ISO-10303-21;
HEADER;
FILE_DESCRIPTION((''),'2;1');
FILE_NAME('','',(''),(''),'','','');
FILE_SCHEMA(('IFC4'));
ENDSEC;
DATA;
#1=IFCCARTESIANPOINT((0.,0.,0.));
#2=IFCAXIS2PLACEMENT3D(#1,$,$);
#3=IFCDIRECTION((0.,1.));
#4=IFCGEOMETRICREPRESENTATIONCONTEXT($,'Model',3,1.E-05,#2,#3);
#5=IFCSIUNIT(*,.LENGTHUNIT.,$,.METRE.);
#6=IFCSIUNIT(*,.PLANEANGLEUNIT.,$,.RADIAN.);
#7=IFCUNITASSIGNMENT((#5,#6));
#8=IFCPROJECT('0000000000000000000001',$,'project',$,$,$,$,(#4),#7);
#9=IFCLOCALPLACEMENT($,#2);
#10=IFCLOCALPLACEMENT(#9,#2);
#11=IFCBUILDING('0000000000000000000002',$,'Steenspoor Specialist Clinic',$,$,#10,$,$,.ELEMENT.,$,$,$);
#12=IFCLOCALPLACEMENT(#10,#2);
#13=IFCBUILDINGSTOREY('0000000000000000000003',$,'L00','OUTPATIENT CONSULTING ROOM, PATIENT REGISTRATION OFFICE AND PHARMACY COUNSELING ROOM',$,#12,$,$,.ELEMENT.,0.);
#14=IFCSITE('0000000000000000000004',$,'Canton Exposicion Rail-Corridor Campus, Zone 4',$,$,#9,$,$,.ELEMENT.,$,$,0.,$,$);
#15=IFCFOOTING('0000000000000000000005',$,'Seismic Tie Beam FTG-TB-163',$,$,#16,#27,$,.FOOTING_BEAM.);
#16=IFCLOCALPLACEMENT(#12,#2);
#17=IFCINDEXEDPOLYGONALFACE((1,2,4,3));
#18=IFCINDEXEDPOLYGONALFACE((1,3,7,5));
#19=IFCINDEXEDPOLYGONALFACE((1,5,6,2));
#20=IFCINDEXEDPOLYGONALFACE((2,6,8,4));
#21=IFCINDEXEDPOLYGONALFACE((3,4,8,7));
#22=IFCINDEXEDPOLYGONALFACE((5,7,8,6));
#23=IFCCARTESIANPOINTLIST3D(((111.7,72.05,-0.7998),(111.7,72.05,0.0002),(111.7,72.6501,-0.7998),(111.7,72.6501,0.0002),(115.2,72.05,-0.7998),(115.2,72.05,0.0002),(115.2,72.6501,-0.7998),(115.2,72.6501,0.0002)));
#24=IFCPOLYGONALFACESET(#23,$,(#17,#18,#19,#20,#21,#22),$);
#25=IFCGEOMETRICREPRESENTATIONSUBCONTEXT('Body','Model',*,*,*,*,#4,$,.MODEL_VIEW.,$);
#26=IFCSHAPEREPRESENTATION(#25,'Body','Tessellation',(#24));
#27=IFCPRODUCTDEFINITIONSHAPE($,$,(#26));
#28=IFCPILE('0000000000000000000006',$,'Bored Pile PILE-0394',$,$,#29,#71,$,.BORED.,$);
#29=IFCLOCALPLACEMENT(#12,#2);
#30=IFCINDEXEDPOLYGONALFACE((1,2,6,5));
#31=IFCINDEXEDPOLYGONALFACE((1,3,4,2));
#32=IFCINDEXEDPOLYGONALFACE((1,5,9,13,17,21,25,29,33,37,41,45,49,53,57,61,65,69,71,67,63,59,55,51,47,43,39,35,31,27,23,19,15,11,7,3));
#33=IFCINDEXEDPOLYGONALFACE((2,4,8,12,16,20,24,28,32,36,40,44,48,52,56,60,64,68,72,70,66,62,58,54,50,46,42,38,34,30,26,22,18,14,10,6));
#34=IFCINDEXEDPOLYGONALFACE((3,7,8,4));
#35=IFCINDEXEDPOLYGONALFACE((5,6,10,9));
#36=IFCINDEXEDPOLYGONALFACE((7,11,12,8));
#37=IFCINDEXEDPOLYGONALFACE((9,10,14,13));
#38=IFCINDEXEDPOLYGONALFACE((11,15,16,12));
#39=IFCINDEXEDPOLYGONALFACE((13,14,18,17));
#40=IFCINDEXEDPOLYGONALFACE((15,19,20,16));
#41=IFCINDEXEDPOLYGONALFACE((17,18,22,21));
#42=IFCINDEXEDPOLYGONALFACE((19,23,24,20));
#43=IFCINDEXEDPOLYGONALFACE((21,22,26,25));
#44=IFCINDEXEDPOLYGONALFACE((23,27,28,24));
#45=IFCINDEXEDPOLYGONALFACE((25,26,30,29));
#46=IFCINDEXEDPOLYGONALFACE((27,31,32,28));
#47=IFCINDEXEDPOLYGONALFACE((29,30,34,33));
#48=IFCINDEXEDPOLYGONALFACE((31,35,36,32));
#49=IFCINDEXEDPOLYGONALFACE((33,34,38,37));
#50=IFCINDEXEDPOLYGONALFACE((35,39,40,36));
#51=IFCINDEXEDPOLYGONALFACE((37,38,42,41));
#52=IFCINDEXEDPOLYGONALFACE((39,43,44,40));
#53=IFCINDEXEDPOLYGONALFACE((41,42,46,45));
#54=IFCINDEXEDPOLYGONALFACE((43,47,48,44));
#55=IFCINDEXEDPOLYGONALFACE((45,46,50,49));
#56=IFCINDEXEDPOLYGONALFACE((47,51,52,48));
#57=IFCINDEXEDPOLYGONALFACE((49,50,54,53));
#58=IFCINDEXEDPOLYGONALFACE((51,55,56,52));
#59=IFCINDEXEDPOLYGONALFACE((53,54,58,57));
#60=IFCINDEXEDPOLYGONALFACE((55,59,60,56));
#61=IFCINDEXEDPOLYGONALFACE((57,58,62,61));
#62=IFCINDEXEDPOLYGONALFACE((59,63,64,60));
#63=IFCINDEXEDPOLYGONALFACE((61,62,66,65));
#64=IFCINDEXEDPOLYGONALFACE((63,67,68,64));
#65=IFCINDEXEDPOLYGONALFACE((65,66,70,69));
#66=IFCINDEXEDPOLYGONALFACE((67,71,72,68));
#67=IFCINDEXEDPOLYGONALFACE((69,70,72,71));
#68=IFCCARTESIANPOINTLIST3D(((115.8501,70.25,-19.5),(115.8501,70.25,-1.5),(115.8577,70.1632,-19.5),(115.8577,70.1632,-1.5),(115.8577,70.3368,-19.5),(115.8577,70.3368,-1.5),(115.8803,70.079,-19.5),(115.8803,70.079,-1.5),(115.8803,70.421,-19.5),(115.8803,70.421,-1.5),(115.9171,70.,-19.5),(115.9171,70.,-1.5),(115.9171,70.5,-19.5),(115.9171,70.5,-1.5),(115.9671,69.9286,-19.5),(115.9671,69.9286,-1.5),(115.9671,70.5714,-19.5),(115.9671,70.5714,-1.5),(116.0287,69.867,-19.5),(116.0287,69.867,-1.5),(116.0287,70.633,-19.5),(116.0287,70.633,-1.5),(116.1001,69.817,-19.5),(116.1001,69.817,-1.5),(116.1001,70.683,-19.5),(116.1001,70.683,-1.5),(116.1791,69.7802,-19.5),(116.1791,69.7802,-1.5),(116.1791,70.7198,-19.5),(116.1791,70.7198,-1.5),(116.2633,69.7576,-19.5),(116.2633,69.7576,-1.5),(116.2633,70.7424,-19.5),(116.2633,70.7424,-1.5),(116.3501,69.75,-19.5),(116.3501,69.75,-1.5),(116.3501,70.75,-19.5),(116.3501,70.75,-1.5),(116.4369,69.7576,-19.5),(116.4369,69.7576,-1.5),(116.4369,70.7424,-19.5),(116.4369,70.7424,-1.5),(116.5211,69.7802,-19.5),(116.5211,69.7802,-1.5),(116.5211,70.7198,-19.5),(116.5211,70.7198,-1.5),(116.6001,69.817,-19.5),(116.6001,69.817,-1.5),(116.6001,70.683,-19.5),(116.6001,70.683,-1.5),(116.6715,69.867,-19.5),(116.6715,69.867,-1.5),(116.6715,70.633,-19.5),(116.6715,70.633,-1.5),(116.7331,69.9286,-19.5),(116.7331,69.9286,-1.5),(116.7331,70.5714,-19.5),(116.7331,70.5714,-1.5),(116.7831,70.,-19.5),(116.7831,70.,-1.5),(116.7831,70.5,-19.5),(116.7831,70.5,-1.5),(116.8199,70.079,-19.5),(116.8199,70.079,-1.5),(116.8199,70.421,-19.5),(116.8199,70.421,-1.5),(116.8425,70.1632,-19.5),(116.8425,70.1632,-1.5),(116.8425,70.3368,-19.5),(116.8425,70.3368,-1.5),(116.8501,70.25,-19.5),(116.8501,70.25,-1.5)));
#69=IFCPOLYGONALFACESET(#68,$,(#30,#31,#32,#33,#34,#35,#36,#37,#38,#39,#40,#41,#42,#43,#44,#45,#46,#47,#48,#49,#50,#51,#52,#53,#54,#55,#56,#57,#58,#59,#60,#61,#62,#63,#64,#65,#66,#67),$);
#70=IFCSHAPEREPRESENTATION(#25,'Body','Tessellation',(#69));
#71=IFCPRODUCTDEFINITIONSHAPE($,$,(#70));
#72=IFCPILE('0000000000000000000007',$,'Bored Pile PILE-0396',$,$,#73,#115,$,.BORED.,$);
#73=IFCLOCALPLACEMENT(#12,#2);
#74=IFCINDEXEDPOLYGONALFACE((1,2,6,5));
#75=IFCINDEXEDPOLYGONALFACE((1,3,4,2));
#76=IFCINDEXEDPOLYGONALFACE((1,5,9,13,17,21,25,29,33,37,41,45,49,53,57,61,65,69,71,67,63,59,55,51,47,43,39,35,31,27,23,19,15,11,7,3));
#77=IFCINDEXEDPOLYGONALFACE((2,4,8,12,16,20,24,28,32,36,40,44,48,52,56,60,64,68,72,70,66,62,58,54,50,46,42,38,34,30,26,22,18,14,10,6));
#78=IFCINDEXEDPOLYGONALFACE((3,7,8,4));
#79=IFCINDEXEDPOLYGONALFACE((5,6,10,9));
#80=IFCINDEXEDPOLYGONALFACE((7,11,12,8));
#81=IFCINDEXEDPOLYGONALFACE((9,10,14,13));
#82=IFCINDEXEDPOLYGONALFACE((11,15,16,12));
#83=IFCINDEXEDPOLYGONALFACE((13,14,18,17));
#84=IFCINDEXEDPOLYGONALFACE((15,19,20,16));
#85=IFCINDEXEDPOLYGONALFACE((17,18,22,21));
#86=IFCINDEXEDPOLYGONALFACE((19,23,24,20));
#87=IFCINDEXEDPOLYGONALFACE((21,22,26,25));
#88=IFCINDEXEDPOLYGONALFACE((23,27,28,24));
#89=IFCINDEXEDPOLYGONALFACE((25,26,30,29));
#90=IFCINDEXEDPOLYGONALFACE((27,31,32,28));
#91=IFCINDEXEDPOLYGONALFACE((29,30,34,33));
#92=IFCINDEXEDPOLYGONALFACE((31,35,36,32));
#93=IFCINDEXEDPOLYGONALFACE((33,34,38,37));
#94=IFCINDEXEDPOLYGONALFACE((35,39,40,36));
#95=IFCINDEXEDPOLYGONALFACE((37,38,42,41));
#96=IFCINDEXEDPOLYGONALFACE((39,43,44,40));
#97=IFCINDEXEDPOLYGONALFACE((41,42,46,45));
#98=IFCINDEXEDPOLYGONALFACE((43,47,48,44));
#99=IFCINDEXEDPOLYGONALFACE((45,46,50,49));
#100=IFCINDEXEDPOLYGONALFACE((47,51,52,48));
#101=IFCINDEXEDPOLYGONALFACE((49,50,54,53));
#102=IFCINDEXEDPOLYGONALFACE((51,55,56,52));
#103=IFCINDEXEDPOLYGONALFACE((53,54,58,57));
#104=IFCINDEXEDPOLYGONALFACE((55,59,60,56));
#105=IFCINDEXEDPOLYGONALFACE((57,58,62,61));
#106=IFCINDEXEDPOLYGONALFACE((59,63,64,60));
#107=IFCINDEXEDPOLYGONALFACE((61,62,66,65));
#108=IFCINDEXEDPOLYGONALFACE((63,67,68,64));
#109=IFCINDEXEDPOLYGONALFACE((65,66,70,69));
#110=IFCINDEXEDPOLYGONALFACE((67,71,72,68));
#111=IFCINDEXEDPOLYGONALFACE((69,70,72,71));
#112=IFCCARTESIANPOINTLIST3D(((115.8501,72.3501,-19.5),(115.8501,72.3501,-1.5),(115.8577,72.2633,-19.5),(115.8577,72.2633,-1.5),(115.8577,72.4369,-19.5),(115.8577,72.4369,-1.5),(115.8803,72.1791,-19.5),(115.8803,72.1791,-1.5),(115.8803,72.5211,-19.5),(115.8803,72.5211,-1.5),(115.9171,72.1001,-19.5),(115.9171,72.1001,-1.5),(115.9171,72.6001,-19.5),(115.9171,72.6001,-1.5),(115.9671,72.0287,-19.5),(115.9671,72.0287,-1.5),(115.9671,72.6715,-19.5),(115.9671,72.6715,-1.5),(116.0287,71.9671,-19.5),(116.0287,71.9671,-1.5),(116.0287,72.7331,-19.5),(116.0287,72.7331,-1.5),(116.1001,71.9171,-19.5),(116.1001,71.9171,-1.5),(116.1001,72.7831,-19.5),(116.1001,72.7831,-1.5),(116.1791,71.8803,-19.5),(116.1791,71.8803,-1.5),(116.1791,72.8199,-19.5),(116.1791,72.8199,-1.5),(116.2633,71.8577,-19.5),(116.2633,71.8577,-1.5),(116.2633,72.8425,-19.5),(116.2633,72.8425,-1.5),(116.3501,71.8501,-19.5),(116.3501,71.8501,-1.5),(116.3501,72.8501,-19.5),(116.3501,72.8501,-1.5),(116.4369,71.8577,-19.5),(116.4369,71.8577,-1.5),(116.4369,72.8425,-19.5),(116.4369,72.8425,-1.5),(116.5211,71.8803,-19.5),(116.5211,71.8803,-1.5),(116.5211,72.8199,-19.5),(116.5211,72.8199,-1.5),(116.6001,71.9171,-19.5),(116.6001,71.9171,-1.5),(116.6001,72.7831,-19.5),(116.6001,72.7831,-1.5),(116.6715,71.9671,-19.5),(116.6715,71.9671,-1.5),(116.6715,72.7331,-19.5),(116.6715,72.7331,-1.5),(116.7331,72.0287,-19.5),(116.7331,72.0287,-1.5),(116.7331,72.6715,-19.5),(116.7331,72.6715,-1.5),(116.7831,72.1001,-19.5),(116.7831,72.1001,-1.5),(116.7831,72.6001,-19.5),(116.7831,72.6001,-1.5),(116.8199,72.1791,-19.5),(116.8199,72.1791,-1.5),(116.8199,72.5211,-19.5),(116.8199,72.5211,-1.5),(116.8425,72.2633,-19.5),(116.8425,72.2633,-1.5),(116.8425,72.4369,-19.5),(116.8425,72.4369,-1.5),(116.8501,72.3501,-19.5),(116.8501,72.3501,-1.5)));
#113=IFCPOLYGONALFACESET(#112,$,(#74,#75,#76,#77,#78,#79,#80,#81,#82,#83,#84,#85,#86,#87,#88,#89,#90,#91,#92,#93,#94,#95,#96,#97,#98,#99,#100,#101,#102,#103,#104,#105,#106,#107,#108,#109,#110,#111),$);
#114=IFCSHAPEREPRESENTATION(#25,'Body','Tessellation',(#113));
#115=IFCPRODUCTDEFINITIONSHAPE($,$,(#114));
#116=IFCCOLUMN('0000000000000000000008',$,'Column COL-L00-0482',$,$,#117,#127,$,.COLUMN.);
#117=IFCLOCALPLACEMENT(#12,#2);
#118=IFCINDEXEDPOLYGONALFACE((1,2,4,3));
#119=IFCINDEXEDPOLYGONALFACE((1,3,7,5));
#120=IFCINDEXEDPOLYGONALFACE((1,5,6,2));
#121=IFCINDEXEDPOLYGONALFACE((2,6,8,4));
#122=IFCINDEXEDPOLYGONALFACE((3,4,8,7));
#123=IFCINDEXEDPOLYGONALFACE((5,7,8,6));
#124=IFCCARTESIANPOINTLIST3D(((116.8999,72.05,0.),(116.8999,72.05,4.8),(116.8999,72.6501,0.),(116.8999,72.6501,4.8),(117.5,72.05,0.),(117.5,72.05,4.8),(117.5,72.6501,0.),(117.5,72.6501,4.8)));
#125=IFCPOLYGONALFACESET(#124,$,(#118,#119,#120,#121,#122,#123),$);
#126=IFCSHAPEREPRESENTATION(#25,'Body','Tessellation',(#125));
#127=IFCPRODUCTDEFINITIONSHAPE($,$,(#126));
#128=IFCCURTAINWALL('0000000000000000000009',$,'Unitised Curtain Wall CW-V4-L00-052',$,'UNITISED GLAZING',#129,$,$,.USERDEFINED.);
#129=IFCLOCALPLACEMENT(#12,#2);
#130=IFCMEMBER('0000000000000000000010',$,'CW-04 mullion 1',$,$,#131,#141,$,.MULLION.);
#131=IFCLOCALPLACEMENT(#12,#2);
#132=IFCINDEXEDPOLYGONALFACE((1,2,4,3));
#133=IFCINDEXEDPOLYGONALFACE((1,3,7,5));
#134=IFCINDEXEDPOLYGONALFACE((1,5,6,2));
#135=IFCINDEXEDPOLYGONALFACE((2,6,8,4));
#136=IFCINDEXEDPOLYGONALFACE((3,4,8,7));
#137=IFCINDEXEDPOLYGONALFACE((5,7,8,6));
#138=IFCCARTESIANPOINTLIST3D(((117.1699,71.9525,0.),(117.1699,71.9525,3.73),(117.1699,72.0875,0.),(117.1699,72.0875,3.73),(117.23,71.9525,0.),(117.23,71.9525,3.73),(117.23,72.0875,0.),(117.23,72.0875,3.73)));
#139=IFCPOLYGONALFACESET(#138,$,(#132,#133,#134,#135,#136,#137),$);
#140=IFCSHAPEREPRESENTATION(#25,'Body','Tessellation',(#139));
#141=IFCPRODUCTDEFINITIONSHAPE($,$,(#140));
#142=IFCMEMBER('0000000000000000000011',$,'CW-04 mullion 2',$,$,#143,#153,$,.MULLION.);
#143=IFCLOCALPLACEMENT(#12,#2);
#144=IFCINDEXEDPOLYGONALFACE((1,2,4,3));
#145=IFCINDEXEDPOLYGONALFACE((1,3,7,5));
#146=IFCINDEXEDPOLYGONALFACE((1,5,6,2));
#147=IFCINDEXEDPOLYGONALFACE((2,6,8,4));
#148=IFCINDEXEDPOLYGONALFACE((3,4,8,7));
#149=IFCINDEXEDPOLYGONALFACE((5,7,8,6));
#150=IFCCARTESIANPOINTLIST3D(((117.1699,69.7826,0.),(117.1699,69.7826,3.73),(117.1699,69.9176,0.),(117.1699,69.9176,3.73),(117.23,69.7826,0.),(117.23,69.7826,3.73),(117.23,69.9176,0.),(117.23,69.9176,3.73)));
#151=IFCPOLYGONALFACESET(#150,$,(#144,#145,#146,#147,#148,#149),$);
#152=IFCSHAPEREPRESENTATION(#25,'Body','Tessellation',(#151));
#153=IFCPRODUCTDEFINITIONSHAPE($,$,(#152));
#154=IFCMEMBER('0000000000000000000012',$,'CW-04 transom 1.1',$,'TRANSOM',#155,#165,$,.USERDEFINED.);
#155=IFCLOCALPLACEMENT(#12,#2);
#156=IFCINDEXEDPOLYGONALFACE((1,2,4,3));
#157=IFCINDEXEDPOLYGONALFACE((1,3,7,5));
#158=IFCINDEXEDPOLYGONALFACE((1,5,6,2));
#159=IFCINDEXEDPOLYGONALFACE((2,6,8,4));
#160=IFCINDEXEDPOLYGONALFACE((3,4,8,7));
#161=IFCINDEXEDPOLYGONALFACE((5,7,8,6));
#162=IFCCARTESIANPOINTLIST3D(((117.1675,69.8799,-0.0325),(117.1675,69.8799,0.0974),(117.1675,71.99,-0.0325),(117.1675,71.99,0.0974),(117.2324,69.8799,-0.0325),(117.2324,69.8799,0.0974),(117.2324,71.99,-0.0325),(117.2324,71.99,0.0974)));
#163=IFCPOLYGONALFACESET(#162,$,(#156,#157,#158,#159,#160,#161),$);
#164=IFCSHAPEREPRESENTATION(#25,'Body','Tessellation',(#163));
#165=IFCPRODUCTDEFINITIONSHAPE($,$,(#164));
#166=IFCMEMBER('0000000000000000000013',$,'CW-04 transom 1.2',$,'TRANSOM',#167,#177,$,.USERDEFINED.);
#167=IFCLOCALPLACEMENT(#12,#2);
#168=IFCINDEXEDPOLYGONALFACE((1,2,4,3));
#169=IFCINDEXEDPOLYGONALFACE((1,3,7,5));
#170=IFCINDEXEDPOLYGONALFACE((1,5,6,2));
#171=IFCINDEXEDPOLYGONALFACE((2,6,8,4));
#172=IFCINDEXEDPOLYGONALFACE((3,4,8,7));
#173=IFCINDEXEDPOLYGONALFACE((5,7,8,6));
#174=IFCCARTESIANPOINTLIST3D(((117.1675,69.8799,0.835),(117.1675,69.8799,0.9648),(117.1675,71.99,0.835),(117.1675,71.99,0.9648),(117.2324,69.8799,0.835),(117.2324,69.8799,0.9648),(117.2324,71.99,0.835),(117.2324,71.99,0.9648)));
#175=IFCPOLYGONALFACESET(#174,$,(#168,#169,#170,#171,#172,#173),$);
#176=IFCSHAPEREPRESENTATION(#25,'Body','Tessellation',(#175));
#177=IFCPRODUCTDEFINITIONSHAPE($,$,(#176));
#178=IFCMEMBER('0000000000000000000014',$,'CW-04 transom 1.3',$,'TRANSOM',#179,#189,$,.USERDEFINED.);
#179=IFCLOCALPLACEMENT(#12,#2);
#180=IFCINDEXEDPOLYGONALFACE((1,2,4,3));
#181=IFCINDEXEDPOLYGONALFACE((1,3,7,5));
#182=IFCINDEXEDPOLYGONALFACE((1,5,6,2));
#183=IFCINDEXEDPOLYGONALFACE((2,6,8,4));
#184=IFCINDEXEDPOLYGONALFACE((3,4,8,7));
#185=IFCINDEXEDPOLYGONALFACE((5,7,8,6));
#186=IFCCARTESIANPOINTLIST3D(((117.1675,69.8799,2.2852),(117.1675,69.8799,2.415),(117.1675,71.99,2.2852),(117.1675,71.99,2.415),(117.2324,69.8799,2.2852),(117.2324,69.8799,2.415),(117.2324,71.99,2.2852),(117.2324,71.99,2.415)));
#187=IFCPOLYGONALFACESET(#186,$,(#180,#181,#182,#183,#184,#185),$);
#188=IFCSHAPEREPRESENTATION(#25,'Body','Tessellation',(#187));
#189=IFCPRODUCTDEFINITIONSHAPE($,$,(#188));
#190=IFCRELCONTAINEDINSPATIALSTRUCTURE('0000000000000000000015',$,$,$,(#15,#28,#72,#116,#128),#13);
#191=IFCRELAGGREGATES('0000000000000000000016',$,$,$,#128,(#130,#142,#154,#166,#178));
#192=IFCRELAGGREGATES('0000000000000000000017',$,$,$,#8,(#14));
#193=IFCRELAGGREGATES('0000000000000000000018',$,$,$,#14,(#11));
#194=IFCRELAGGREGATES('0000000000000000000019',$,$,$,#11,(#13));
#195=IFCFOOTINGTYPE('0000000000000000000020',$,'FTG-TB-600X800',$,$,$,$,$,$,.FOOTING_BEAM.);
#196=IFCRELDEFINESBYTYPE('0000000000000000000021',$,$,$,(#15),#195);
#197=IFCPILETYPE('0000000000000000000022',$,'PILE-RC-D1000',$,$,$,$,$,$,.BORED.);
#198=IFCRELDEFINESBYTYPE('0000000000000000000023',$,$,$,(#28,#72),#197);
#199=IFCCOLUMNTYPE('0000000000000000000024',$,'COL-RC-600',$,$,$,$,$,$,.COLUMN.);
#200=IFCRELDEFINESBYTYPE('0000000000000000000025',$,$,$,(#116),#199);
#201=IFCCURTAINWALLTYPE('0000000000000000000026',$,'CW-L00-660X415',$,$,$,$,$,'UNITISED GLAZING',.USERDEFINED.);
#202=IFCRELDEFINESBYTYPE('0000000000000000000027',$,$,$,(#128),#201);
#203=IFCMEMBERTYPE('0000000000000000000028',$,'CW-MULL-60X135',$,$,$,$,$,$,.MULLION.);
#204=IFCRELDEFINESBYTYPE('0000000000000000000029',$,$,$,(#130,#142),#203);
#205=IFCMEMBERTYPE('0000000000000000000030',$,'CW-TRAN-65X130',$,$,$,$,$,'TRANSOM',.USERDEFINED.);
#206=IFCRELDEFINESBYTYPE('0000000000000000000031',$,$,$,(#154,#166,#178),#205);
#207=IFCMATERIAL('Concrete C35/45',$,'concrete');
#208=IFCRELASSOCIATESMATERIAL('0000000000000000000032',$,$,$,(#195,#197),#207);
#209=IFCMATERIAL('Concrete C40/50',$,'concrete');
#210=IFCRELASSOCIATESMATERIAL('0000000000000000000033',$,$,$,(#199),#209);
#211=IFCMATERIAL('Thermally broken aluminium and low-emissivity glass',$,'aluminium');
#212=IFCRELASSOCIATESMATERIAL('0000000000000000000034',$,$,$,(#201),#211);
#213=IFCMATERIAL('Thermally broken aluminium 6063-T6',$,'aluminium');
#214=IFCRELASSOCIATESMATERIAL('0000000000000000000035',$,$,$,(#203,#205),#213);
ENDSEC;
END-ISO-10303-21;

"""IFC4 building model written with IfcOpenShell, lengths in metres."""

from ifc_helpers import new_model, si_unit, direction, frame, origin, origin_2d, place, context, subcontext, project, spatial, rectangle, circle, extrude, material, material_profile, profile_set, type_object, element, aggregate, save


model = new_model("IFC4")

# Units and contexts
model_context = context("Model", 3, precision=1e-05, world=origin(), true_north=direction((0.0, 1.0)))
body_context = subcontext(model_context, "Body", "Model", "MODEL_VIEW")
ifc_project = project(units=[si_unit("LENGTHUNIT", "METRE"), si_unit("PLANEANGLEUNIT", "RADIAN")], contexts=[model_context])

# Site, building, storey
site_placement = place(None, origin())
site = spatial("IfcSite", under=ifc_project, at=site_placement, Name="Canton Exposicion Rail-Corridor Campus, Zone 4", CompositionType="ELEMENT", RefElevation=0.0)
building_placement = place(site_placement, origin())
building = spatial("IfcBuilding", under=site, at=building_placement, Name="Steenspoor Specialist Clinic", CompositionType="ELEMENT")
storey_placement = place(building_placement, origin())
storey = spatial("IfcBuildingStorey", under=building, at=storey_placement, Name="L00", Description="OUTPATIENT CONSULTING ROOM, PATIENT REGISTRATION OFFICE AND PHARMACY COUNSELING ROOM", CompositionType="ELEMENT", Elevation=0.0)

# Footing
ifc_material_1 = material(Name="Concrete C35/45", Category="concrete")
footing_type = type_object("IfcFootingType", Name="FTG-TB-600X800", PredefinedType="FOOTING_BEAM", material=ifc_material_1)
footing_placement = place(storey_placement, frame((113.45, 72.3501, -0.7998), z_axis=(0.0, 0.0, 1.0), x_axis=(1.0, 0.0, 0.0)))
element("IfcFooting", 1, at=footing_placement, inside=storey, type_object=footing_type, Name="Seismic Tie Beam FTG-TB-163", PredefinedType="FOOTING_BEAM", context=body_context, shape_type="SweptSolid", body=[
    extrude(rectangle(XDim=3.5, YDim=0.6001, at=origin_2d()), origin(), (0.0, 0.0, 1.0), 0.8),
])

# Piles
ifc_material_profile_1 = material_profile(ifc_material_1, circle(Radius=0.5, at=origin_2d()), Name="PILE-D1000")
ifc_profile_set_1 = profile_set([ifc_material_profile_1], Name="Concrete C35/45")
pile_type = type_object("IfcPileType", Name="PILE-RC-D1000", PredefinedType="BORED", material=ifc_profile_set_1)
for number, where, z_axis, x_axis, name in (
    (2, (116.3501, 70.25, -1.5), (0.0, 0.0, -1.0), (1.0, 0.0, 0.0), "Bored Pile PILE-0394"),
    (3, (116.3501, 72.3501, -1.5), (0.0, 0.0, -1.0), (1.0, 0.0, 0.0), "Bored Pile PILE-0396"),
):
    element("IfcPile", number, at=place(storey_placement, frame(where, z_axis=z_axis, x_axis=x_axis)), inside=storey, type_object=pile_type, Name=name, PredefinedType="BORED", context=body_context, shape_type="SweptSolid", body=[
        extrude(circle(Radius=0.5, at=origin_2d()), origin(), (0.0, 0.0, 1.0), 18.0),
    ])

# Column
ifc_material_2 = material(Name="Concrete C40/50", Category="concrete")
ifc_material_profile_2 = material_profile(ifc_material_2, rectangle(XDim=0.6001, YDim=0.6001, at=origin_2d()), Name="RC-COL-600X600")
ifc_profile_set_2 = profile_set([ifc_material_profile_2], Name="Concrete C40/50")
column_type = type_object("IfcColumnType", Name="COL-RC-600", PredefinedType="COLUMN", material=ifc_profile_set_2)
column_placement = place(storey_placement, frame((117.2, 72.3501, 0.0), z_axis=(0.0, 0.0, 1.0), x_axis=(1.0, 0.0, 0.0)))
element("IfcColumn", 4, at=column_placement, inside=storey, type_object=column_type, Name="Column COL-L00-0482", PredefinedType="COLUMN", context=body_context, shape_type="SweptSolid", body=[
    extrude(rectangle(XDim=0.6001, YDim=0.6001, at=origin_2d()), origin(), (0.0, 0.0, 1.0), 4.8),
])

# Curtain wall, members
ifc_material_3 = material(Name="Thermally broken aluminium and low-emissivity glass", Category="aluminium")
curtain_wall_type = type_object("IfcCurtainWallType", Name="CW-L00-660X415", ElementType="UNITISED GLAZING", PredefinedType="USERDEFINED", material=ifc_material_3)
curtain_wall_placement = place(storey_placement, origin())
curtain_wall = element("IfcCurtainWall", 5, at=curtain_wall_placement, inside=storey, type_object=curtain_wall_type, Name="Unitised Curtain Wall CW-V4-L00-052", ObjectType="UNITISED GLAZING", PredefinedType="USERDEFINED")
ifc_material_4 = material(Name="Thermally broken aluminium 6063-T6", Category="aluminium")
ifc_material_profile_3 = material_profile(ifc_material_4, rectangle(XDim=0.0601, YDim=0.135, at=origin_2d()), Name="CWM-60X135")
ifc_profile_set_3 = profile_set([ifc_material_profile_3], Name="Thermally broken aluminium 6063-T6")
member_type_1 = type_object("IfcMemberType", Name="CW-MULL-60X135", PredefinedType="MULLION", material=ifc_profile_set_3)
member_1_placement = place(storey_placement, frame((117.2, 72.02, 0.0), z_axis=(0.0, 0.0, 1.0), x_axis=(1.0, 0.0, 0.0)))
member_1 = element("IfcMember", 6, at=member_1_placement, type_object=member_type_1, Name="CW-04 mullion 1", PredefinedType="MULLION", context=body_context, shape_type="SweptSolid", body=[
    extrude(rectangle(XDim=0.0601, YDim=0.135, at=origin_2d()), origin(), (0.0, 0.0, 1.0), 3.73),
])
member_2_placement = place(storey_placement, frame((117.2, 69.8501, 0.0), z_axis=(0.0, 0.0, 1.0), x_axis=(1.0, 0.0, 0.0)))
member_2 = element("IfcMember", 7, at=member_2_placement, type_object=member_type_1, Name="CW-04 mullion 2", PredefinedType="MULLION", context=body_context, shape_type="SweptSolid", body=[
    extrude(rectangle(XDim=0.0601, YDim=0.135, at=origin_2d()), origin(), (0.0, 0.0, 1.0), 3.73),
])
ifc_material_profile_4 = material_profile(ifc_material_4, rectangle(XDim=0.0649, YDim=0.1299, at=origin_2d()), Name="CWT-65X130")
ifc_profile_set_4 = profile_set([ifc_material_profile_4], Name="Thermally broken aluminium 6063-T6")
member_type_2 = type_object("IfcMemberType", Name="CW-TRAN-65X130", ElementType="TRANSOM", PredefinedType="USERDEFINED", material=ifc_profile_set_4)
member_3_placement = place(storey_placement, frame((117.2, 71.99, 0.0325), z_axis=(0.0, -1.0, 0.0), x_axis=(1.0, 0.0, 0.0)))
member_3 = element("IfcMember", 8, at=member_3_placement, type_object=member_type_2, Name="CW-04 transom 1.1", ObjectType="TRANSOM", PredefinedType="USERDEFINED", context=body_context, shape_type="SweptSolid", body=[
    extrude(rectangle(XDim=0.0649, YDim=0.1299, at=origin_2d()), origin(), (0.0, 0.0, 1.0), 2.1101),
])
member_4_placement = place(storey_placement, frame((117.2, 71.99, 0.8999), z_axis=(0.0, -1.0, 0.0), x_axis=(1.0, 0.0, 0.0)))
member_4 = element("IfcMember", 9, at=member_4_placement, type_object=member_type_2, Name="CW-04 transom 1.2", ObjectType="TRANSOM", PredefinedType="USERDEFINED", context=body_context, shape_type="SweptSolid", body=[
    extrude(rectangle(XDim=0.0649, YDim=0.1299, at=origin_2d()), origin(), (0.0, 0.0, 1.0), 2.1101),
])
member_5_placement = place(storey_placement, frame((117.2, 71.99, 2.3501), z_axis=(0.0, -1.0, 0.0), x_axis=(1.0, 0.0, 0.0)))
member_5 = element("IfcMember", 10, at=member_5_placement, type_object=member_type_2, Name="CW-04 transom 1.3", ObjectType="TRANSOM", PredefinedType="USERDEFINED", context=body_context, shape_type="SweptSolid", body=[
    extrude(rectangle(XDim=0.0649, YDim=0.1299, at=origin_2d()), origin(), (0.0, 0.0, 1.0), 2.1101),
])
aggregate(curtain_wall, [member_1, member_2, member_3, member_4, member_5])

save(model, "model.ifc")
